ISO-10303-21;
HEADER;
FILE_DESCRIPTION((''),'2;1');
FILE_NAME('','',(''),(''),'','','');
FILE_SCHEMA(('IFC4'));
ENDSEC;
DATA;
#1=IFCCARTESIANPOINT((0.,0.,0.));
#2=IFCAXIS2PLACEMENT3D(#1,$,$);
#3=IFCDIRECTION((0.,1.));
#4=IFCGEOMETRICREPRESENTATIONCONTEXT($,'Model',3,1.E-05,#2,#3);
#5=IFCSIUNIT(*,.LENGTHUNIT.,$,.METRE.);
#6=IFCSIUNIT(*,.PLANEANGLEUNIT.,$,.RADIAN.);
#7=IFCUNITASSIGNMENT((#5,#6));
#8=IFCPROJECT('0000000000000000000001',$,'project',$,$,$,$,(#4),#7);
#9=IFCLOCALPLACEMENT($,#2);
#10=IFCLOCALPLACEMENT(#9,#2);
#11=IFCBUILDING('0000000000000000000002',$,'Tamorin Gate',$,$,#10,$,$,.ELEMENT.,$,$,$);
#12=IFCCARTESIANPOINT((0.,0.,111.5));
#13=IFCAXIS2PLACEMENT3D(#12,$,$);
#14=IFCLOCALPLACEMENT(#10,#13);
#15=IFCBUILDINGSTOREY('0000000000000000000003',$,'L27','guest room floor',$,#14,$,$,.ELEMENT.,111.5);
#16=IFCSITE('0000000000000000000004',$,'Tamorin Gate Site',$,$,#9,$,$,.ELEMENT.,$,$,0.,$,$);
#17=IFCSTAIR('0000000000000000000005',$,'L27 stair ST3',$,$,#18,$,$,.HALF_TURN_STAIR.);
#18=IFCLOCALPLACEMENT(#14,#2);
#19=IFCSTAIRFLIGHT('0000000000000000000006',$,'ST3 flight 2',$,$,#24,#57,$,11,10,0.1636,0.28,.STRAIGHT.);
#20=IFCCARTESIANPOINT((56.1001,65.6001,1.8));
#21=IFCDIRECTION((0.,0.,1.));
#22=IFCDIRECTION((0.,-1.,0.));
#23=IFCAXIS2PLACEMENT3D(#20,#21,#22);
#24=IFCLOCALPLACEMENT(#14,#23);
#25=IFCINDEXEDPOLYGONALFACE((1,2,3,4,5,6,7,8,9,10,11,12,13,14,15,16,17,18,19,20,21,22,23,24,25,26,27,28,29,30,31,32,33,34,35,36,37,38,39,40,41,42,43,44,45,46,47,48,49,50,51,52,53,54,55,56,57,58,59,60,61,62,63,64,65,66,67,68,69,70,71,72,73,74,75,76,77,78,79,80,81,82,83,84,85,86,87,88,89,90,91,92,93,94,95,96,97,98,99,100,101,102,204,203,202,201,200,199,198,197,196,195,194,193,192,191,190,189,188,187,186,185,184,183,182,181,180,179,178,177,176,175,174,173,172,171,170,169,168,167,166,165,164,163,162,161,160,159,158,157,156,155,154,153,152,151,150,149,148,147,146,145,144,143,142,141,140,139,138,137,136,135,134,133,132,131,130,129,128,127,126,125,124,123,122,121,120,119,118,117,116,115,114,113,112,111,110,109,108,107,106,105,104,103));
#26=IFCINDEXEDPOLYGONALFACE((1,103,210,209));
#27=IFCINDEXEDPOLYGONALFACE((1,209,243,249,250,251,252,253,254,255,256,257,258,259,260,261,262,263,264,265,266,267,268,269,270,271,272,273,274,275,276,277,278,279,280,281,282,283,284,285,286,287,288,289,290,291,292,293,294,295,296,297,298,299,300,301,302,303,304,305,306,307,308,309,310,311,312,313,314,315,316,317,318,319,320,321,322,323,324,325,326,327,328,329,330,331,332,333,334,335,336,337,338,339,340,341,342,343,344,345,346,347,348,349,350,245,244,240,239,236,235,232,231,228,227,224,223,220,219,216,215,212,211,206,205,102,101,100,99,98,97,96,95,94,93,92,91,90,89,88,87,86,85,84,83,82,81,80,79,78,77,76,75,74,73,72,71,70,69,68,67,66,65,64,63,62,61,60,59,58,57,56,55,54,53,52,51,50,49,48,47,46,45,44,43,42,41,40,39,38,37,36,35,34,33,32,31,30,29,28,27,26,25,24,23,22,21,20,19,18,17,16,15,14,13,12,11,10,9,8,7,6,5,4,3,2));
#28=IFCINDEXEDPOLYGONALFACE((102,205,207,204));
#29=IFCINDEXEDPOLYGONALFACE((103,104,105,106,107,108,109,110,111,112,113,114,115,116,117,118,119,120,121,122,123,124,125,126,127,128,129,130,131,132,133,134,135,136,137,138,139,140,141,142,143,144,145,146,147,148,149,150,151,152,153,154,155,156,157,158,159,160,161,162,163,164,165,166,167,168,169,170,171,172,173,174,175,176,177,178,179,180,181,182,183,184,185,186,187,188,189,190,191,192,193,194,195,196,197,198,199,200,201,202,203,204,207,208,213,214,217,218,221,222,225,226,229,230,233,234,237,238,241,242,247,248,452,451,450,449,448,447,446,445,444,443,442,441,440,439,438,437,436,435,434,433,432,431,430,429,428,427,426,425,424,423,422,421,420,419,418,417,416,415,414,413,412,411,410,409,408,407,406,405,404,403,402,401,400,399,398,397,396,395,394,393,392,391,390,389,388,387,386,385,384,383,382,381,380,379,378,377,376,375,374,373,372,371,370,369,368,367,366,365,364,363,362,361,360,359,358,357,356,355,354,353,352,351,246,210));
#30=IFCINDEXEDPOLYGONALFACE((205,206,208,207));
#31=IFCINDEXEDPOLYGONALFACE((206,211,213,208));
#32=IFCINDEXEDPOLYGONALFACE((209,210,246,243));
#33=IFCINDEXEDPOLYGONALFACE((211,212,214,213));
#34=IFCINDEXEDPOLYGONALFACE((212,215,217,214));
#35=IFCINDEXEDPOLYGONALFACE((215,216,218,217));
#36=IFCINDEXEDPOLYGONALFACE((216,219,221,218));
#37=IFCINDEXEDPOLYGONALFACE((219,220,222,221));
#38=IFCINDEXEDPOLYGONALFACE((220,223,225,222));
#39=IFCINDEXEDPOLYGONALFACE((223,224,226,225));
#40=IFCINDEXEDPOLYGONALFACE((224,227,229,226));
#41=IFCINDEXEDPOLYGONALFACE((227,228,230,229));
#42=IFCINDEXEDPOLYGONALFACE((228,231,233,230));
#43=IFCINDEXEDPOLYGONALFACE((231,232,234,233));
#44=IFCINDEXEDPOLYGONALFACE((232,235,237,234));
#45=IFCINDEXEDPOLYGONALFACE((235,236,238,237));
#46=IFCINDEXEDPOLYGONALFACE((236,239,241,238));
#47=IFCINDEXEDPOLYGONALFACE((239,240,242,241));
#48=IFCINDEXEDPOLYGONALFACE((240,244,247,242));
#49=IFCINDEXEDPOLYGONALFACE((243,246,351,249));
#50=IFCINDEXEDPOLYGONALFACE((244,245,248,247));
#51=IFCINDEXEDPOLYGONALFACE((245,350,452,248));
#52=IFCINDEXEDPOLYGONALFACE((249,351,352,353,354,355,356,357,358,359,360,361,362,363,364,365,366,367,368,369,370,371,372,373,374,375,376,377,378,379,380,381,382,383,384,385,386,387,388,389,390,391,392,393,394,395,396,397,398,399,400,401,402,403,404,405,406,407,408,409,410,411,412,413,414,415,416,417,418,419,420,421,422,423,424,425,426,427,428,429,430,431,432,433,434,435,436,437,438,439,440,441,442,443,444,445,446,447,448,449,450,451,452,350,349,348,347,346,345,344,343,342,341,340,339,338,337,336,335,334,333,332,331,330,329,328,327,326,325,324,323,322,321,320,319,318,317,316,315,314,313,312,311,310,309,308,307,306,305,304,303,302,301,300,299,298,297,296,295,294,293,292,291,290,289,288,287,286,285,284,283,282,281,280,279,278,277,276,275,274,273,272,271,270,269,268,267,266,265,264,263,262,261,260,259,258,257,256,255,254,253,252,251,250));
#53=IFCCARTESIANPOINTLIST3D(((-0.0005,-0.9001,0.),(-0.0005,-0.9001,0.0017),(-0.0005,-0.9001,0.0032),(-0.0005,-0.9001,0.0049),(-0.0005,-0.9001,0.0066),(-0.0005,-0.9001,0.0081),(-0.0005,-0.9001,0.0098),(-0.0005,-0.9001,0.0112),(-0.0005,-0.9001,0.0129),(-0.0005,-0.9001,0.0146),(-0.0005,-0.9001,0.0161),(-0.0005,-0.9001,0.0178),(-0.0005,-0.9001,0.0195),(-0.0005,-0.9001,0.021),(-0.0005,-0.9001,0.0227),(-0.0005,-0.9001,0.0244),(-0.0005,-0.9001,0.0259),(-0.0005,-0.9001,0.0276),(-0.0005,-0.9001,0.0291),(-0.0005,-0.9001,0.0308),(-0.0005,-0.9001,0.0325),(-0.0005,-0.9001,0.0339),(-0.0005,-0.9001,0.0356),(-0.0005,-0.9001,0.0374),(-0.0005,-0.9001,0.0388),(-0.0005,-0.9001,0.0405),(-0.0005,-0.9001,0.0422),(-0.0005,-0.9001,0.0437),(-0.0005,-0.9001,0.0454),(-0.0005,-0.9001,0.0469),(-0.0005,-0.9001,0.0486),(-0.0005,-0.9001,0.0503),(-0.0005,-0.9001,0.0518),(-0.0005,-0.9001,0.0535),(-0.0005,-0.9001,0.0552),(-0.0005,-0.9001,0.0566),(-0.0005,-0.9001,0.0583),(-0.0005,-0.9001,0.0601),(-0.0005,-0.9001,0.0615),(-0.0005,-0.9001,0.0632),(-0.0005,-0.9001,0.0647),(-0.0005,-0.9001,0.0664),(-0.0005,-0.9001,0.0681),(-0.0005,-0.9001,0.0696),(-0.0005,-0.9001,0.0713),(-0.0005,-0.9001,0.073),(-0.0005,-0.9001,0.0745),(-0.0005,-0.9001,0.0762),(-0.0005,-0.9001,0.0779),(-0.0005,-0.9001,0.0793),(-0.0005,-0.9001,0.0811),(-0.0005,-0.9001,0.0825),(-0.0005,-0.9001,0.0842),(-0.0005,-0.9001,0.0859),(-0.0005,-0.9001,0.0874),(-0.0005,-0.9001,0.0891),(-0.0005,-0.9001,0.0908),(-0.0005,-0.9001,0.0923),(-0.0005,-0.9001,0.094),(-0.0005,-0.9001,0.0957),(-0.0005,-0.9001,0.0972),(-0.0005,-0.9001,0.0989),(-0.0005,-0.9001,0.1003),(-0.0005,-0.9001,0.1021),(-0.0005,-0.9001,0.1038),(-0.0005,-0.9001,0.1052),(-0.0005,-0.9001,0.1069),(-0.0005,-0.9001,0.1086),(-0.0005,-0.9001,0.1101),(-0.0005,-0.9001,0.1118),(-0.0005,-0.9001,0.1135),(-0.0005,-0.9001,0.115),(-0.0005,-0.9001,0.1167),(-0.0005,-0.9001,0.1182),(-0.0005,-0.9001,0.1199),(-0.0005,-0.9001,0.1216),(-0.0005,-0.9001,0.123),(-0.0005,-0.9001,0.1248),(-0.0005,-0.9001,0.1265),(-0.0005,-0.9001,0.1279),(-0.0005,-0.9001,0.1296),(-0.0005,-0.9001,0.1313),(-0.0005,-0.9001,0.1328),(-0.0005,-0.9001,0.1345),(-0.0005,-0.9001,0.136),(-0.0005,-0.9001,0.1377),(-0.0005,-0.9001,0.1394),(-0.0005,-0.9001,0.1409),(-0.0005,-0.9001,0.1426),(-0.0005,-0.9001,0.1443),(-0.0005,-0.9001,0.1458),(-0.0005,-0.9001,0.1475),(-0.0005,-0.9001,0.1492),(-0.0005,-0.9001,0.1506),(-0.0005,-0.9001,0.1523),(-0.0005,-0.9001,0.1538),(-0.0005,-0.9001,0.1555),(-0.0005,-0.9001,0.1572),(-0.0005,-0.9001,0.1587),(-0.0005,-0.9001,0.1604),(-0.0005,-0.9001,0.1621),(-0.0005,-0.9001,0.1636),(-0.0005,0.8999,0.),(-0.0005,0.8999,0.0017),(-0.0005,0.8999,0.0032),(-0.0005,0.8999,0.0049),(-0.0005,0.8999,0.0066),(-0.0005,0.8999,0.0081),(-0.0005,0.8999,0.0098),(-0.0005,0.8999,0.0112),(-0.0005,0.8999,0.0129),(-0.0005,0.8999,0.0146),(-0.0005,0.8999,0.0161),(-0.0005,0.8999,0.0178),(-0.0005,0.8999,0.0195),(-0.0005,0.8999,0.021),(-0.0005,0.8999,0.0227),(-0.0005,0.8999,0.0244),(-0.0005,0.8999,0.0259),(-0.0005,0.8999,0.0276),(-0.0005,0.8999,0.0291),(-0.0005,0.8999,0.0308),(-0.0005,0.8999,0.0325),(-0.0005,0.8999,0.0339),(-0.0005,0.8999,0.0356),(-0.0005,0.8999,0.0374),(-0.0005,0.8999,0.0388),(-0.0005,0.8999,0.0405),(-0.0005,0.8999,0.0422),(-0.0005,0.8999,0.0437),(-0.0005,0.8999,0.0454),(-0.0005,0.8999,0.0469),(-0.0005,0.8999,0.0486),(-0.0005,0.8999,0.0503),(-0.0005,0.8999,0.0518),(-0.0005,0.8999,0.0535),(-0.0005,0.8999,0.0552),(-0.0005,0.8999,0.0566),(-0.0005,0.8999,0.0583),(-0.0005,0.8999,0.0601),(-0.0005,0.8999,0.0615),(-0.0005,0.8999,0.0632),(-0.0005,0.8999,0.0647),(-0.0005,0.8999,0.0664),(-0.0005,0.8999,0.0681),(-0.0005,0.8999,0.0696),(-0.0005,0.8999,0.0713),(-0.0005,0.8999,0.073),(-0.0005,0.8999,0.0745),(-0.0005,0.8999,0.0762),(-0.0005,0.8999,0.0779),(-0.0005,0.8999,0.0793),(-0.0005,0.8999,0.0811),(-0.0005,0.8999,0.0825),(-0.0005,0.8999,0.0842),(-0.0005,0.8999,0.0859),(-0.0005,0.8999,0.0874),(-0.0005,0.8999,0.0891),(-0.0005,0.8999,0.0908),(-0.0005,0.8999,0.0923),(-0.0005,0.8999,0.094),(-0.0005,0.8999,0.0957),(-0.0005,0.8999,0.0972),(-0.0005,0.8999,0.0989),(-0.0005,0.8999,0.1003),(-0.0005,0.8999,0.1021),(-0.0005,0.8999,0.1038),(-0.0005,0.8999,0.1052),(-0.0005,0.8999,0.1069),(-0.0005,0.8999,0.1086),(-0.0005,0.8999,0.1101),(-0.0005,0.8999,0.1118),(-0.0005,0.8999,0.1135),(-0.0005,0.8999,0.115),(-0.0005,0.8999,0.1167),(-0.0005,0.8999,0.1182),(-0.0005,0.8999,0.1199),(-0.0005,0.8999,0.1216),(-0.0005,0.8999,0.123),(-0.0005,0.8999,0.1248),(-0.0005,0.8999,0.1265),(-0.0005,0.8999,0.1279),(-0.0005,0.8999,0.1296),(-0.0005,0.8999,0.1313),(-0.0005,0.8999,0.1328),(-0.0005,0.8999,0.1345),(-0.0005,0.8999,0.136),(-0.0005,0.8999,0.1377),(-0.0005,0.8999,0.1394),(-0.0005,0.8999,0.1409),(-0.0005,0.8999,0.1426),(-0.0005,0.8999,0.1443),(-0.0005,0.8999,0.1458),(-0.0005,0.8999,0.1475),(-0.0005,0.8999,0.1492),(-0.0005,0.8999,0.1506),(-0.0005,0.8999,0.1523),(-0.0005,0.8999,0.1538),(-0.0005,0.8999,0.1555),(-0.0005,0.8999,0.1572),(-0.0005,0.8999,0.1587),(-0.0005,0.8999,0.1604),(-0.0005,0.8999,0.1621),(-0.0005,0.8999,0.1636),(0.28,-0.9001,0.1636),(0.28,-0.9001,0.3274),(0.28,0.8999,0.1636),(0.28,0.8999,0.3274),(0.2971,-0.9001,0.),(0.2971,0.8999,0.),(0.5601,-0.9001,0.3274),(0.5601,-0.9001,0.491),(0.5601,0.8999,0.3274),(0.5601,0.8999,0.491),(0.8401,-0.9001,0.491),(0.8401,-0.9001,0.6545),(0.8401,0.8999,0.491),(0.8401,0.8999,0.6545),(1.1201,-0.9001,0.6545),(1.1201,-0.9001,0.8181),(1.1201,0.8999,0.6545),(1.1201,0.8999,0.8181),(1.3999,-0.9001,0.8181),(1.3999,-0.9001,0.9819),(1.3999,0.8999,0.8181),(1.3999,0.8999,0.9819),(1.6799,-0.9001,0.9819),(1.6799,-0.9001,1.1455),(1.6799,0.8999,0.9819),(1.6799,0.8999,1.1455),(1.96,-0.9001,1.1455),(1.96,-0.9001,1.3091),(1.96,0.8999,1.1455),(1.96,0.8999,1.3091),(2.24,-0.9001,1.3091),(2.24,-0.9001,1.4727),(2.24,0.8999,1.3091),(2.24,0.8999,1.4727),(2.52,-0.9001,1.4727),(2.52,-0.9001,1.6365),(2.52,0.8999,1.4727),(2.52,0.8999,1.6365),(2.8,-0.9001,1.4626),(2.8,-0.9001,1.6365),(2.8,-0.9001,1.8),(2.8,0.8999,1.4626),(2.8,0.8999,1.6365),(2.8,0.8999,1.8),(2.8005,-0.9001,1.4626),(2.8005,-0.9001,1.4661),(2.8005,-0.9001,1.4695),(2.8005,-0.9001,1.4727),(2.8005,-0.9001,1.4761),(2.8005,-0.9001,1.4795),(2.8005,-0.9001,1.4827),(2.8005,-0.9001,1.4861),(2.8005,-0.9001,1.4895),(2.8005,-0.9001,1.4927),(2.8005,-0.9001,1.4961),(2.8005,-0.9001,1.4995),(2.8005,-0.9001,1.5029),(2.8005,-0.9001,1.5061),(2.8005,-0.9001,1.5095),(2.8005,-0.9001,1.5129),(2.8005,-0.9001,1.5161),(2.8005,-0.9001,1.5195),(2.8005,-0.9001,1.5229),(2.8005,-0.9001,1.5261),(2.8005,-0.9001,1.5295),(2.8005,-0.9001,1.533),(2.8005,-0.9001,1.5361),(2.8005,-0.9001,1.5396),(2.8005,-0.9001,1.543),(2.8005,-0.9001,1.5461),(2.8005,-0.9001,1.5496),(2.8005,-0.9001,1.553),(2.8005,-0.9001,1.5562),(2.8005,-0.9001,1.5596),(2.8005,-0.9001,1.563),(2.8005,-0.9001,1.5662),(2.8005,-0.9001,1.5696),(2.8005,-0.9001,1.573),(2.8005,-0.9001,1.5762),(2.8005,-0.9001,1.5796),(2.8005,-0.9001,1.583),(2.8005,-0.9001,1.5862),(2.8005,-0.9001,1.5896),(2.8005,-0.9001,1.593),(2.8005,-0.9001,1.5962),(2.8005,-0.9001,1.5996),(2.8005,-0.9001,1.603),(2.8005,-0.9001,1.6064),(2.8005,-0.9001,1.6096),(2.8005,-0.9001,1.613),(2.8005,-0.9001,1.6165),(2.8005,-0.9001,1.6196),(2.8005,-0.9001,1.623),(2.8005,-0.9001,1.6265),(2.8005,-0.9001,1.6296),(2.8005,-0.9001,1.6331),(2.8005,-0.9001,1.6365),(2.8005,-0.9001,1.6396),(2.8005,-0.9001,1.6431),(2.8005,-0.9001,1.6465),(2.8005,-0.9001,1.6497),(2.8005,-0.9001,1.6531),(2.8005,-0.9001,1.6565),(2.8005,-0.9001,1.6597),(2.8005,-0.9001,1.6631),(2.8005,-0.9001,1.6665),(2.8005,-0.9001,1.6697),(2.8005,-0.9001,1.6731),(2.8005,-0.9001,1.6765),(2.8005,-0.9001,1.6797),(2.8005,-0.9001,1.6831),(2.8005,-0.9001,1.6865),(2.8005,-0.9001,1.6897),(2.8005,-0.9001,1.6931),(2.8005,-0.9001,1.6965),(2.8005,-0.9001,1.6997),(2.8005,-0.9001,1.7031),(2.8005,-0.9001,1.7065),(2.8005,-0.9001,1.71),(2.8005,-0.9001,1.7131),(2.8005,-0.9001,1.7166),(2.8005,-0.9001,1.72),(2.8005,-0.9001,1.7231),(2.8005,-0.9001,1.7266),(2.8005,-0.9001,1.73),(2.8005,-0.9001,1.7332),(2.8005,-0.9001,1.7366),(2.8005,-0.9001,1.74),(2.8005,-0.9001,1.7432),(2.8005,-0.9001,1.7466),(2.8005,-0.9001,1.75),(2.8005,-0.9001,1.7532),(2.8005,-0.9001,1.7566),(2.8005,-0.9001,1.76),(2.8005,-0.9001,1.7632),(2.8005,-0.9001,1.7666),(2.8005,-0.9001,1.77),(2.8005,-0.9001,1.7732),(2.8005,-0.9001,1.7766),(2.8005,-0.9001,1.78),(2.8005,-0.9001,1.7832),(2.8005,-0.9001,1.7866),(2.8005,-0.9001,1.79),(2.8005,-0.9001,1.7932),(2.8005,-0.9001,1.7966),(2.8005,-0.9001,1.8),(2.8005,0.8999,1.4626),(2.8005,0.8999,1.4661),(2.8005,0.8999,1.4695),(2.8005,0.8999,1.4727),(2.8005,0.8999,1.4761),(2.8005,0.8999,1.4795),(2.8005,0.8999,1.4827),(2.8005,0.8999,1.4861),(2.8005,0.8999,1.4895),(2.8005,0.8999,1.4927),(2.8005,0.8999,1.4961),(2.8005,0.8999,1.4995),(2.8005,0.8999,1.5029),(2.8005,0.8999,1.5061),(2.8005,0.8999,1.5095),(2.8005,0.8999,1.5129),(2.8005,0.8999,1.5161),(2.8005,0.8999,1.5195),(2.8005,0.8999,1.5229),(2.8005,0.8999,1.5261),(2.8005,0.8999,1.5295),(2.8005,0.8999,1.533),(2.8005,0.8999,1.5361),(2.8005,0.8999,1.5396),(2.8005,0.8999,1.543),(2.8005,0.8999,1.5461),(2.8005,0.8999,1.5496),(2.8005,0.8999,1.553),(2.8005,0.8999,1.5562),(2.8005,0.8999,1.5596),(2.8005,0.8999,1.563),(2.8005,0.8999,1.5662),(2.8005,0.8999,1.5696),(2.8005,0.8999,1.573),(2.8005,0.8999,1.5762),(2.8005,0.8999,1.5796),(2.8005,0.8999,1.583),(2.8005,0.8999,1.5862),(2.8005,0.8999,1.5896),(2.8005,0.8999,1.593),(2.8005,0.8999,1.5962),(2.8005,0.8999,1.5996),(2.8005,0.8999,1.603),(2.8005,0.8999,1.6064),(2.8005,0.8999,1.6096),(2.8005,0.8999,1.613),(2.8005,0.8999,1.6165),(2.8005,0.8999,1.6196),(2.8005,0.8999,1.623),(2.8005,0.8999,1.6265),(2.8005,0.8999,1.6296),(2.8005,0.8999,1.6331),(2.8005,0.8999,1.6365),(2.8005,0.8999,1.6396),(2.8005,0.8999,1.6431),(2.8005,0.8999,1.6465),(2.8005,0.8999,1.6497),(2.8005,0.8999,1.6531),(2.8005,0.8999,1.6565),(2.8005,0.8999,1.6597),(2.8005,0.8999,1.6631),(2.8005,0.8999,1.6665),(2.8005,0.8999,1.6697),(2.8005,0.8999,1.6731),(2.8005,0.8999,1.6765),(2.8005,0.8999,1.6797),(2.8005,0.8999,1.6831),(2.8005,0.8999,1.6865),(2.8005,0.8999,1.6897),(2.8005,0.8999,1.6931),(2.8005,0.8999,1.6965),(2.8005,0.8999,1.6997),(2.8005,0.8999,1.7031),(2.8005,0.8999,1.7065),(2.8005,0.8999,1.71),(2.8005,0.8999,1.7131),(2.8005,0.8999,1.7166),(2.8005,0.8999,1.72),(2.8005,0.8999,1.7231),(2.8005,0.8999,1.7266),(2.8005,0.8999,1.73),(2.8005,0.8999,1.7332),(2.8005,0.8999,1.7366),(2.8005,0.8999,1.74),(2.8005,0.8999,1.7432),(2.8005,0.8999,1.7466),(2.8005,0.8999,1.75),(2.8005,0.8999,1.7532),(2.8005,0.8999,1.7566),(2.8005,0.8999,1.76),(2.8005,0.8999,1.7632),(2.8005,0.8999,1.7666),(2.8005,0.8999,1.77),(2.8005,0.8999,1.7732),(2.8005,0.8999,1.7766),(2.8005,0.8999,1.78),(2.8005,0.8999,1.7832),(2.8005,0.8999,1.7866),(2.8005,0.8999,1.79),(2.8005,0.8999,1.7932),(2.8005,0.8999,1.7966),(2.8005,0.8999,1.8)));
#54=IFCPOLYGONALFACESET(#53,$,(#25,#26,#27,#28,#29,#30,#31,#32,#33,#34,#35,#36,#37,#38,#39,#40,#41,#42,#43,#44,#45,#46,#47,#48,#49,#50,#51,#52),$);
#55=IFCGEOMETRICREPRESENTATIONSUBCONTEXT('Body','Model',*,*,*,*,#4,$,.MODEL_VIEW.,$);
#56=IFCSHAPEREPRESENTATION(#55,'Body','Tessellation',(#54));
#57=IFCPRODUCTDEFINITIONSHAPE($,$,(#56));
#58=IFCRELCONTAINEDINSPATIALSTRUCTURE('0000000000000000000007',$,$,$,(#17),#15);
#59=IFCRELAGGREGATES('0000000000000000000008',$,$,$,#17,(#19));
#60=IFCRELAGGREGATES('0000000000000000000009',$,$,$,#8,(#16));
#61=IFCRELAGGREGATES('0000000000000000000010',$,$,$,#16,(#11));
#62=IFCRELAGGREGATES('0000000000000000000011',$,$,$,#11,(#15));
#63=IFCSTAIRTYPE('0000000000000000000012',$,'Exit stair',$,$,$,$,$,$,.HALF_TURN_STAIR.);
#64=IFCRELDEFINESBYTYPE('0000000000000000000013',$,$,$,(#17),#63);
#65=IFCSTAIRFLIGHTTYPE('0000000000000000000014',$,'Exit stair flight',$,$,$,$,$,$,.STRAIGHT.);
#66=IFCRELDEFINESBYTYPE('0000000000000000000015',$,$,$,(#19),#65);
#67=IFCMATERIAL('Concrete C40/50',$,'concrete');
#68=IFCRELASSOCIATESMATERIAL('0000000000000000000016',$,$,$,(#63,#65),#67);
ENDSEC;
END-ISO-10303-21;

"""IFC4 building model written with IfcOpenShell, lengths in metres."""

from ifc_helpers import new_model, si_unit, direction, frame, origin, place, context, subcontext, project, spatial, polyline, outline, extrude, material, type_object, element, aggregate, save


model = new_model("IFC4")

# Units and contexts
model_context = context("Model", 3, precision=1e-05, world=origin(), true_north=direction((0.0, 1.0)))
body_context = subcontext(model_context, "Body", "Model", "MODEL_VIEW")
ifc_project = project(units=[si_unit("LENGTHUNIT", "METRE"), si_unit("PLANEANGLEUNIT", "RADIAN")], contexts=[model_context])

# Site, building, storey
site_placement = place(None, origin())
site = spatial("IfcSite", under=ifc_project, at=site_placement, Name="Tamorin Gate Site", CompositionType="ELEMENT", RefElevation=0.0)
building_placement = place(site_placement, origin())
building = spatial("IfcBuilding", under=site, at=building_placement, Name="Tamorin Gate", CompositionType="ELEMENT")
storey_placement = place(building_placement, frame((0.0, 0.0, 111.5)))
storey = spatial("IfcBuildingStorey", under=building, at=storey_placement, Name="L27", Description="guest room floor", CompositionType="ELEMENT", Elevation=111.5)

# Shared definitions
ifc_material_1 = material(Name="Concrete C40/50", Category="concrete")

# Stair, stair flight
stair_type = type_object("IfcStairType", Name="Exit stair", PredefinedType="HALF_TURN_STAIR", material=ifc_material_1)
stair_placement = place(storey_placement, origin())
stair = element("IfcStair", 1, at=stair_placement, inside=storey, type_object=stair_type, Name="L27 stair ST3", PredefinedType="HALF_TURN_STAIR")
stair_flight_type = type_object("IfcStairFlightType", Name="Exit stair flight", PredefinedType="STRAIGHT", material=ifc_material_1)
stair_flight_1_placement = place(storey_placement, frame((56.1001, 65.6001, 1.8), z_axis=(0.0, 0.0, 1.0), x_axis=(0.0, -1.0, 0.0)))
stair_flight_1 = element("IfcStairFlight", 2, at=stair_flight_1_placement, type_object=stair_flight_type, Name="ST3 flight 2", NumberOfRisers=11, NumberOfTreads=10, PredefinedType="STRAIGHT", RiserHeight=0.1636, TreadLength=0.28, context=body_context, shape_type="SweptSolid", body=[
    extrude(outline(polyline([(-0.0005, 0.0), (-0.0005, 0.0017), (-0.0005, 0.0032), (-0.0005, 0.0049), (-0.0005, 0.0066), (-0.0005, 0.0081), (-0.0005, 0.0098), (-0.0005, 0.0112), (-0.0005, 0.0129), (-0.0005, 0.0146), (-0.0005, 0.0161), (-0.0005, 0.0178), (-0.0005, 0.0195), (-0.0005, 0.021), (-0.0005, 0.0227), (-0.0005, 0.0244), (-0.0005, 0.0259), (-0.0005, 0.0276), (-0.0005, 0.0291), (-0.0005, 0.0308), (-0.0005, 0.0325), (-0.0005, 0.0339), (-0.0005, 0.0356), (-0.0005, 0.0374), (-0.0005, 0.0388), (-0.0005, 0.0405), (-0.0005, 0.0422), (-0.0005, 0.0437), (-0.0005, 0.0454), (-0.0005, 0.0469), (-0.0005, 0.0486), (-0.0005, 0.0503), (-0.0005, 0.0518), (-0.0005, 0.0535), (-0.0005, 0.0552), (-0.0005, 0.0566), (-0.0005, 0.0583), (-0.0005, 0.0601), (-0.0005, 0.0615), (-0.0005, 0.0632), (-0.0005, 0.0647), (-0.0005, 0.0664), (-0.0005, 0.0681), (-0.0005, 0.0696), (-0.0005, 0.0713), (-0.0005, 0.073), (-0.0005, 0.0745), (-0.0005, 0.0762), (-0.0005, 0.0779), (-0.0005, 0.0793), (-0.0005, 0.0811), (-0.0005, 0.0825), (-0.0005, 0.0842), (-0.0005, 0.0859), (-0.0005, 0.0874), (-0.0005, 0.0891), (-0.0005, 0.0908), (-0.0005, 0.0923), (-0.0005, 0.094), (-0.0005, 0.0957), (-0.0005, 0.0972), (-0.0005, 0.0989), (-0.0005, 0.1003), (-0.0005, 0.1021), (-0.0005, 0.1038), (-0.0005, 0.1052), (-0.0005, 0.1069), (-0.0005, 0.1086), (-0.0005, 0.1101), (-0.0005, 0.1118), (-0.0005, 0.1135), (-0.0005, 0.115), (-0.0005, 0.1167), (-0.0005, 0.1182), (-0.0005, 0.1199), (-0.0005, 0.1216), (-0.0005, 0.123), (-0.0005, 0.1248), (-0.0005, 0.1265), (-0.0005, 0.1279), (-0.0005, 0.1296), (-0.0005, 0.1313), (-0.0005, 0.1328), (-0.0005, 0.1345), (-0.0005, 0.136), (-0.0005, 0.1377), (-0.0005, 0.1394), (-0.0005, 0.1409), (-0.0005, 0.1426), (-0.0005, 0.1443), (-0.0005, 0.1458), (-0.0005, 0.1475), (-0.0005, 0.1492), (-0.0005, 0.1506), (-0.0005, 0.1523), (-0.0005, 0.1538), (-0.0005, 0.1555), (-0.0005, 0.1572), (-0.0005, 0.1587), (-0.0005, 0.1604), (-0.0005, 0.1621), (-0.0005, 0.1636), (0.28, 0.1636), (0.28, 0.3274), (0.5601, 0.3274), (0.5601, 0.491), (0.8401, 0.491), (0.8401, 0.6545), (1.1201, 0.6545), (1.1201, 0.8181), (1.3999, 0.8181), (1.3999, 0.9819), (1.6799, 0.9819), (1.6799, 1.1455), (1.96, 1.1455), (1.96, 1.3091), (2.24, 1.3091), (2.24, 1.4727), (2.52, 1.4727), (2.52, 1.6365), (2.8, 1.6365), (2.8, 1.8), (2.8005, 1.8), (2.8005, 1.7966), (2.8005, 1.7932), (2.8005, 1.79), (2.8005, 1.7866), (2.8005, 1.7832), (2.8005, 1.78), (2.8005, 1.7766), (2.8005, 1.7732), (2.8005, 1.77), (2.8005, 1.7666), (2.8005, 1.7632), (2.8005, 1.76), (2.8005, 1.7566), (2.8005, 1.7532), (2.8005, 1.75), (2.8005, 1.7466), (2.8005, 1.7432), (2.8005, 1.74), (2.8005, 1.7366), (2.8005, 1.7332), (2.8005, 1.73), (2.8005, 1.7266), (2.8005, 1.7231), (2.8005, 1.72), (2.8005, 1.7166), (2.8005, 1.7131), (2.8005, 1.71), (2.8005, 1.7065), (2.8005, 1.7031), (2.8005, 1.6997), (2.8005, 1.6965), (2.8005, 1.6931), (2.8005, 1.6897), (2.8005, 1.6865), (2.8005, 1.6831), (2.8005, 1.6797), (2.8005, 1.6765), (2.8005, 1.6731), (2.8005, 1.6697), (2.8005, 1.6665), (2.8005, 1.6631), (2.8005, 1.6597), (2.8005, 1.6565), (2.8005, 1.6531), (2.8005, 1.6497), (2.8005, 1.6465), (2.8005, 1.6431), (2.8005, 1.6396), (2.8005, 1.6365), (2.8005, 1.6331), (2.8005, 1.6296), (2.8005, 1.6265), (2.8005, 1.623), (2.8005, 1.6196), (2.8005, 1.6165), (2.8005, 1.613), (2.8005, 1.6096), (2.8005, 1.6064), (2.8005, 1.603), (2.8005, 1.5996), (2.8005, 1.5962), (2.8005, 1.593), (2.8005, 1.5896), (2.8005, 1.5862), (2.8005, 1.583), (2.8005, 1.5796), (2.8005, 1.5762), (2.8005, 1.573), (2.8005, 1.5696), (2.8005, 1.5662), (2.8005, 1.563), (2.8005, 1.5596), (2.8005, 1.5562), (2.8005, 1.553), (2.8005, 1.5496), (2.8005, 1.5461), (2.8005, 1.543), (2.8005, 1.5396), (2.8005, 1.5361), (2.8005, 1.533), (2.8005, 1.5295), (2.8005, 1.5261), (2.8005, 1.5229), (2.8005, 1.5195), (2.8005, 1.5161), (2.8005, 1.5129), (2.8005, 1.5095), (2.8005, 1.5061), (2.8005, 1.5029), (2.8005, 1.4995), (2.8005, 1.4961), (2.8005, 1.4927), (2.8005, 1.4895), (2.8005, 1.4861), (2.8005, 1.4827), (2.8005, 1.4795), (2.8005, 1.4761), (2.8005, 1.4727), (2.8005, 1.4695), (2.8005, 1.4661), (2.8005, 1.4626), (2.8, 1.4626), (0.2971, 0.0), (-0.0005, 0.0)])), frame((0.0, 0.8999, 0.0), z_axis=(0.0, -1.0, 0.0), x_axis=(1.0, 0.0, 0.0)), (0.0, 0.0, 1.0), 1.8),
])
aggregate(stair, [stair_flight_1])

save(model, "model.ifc")
